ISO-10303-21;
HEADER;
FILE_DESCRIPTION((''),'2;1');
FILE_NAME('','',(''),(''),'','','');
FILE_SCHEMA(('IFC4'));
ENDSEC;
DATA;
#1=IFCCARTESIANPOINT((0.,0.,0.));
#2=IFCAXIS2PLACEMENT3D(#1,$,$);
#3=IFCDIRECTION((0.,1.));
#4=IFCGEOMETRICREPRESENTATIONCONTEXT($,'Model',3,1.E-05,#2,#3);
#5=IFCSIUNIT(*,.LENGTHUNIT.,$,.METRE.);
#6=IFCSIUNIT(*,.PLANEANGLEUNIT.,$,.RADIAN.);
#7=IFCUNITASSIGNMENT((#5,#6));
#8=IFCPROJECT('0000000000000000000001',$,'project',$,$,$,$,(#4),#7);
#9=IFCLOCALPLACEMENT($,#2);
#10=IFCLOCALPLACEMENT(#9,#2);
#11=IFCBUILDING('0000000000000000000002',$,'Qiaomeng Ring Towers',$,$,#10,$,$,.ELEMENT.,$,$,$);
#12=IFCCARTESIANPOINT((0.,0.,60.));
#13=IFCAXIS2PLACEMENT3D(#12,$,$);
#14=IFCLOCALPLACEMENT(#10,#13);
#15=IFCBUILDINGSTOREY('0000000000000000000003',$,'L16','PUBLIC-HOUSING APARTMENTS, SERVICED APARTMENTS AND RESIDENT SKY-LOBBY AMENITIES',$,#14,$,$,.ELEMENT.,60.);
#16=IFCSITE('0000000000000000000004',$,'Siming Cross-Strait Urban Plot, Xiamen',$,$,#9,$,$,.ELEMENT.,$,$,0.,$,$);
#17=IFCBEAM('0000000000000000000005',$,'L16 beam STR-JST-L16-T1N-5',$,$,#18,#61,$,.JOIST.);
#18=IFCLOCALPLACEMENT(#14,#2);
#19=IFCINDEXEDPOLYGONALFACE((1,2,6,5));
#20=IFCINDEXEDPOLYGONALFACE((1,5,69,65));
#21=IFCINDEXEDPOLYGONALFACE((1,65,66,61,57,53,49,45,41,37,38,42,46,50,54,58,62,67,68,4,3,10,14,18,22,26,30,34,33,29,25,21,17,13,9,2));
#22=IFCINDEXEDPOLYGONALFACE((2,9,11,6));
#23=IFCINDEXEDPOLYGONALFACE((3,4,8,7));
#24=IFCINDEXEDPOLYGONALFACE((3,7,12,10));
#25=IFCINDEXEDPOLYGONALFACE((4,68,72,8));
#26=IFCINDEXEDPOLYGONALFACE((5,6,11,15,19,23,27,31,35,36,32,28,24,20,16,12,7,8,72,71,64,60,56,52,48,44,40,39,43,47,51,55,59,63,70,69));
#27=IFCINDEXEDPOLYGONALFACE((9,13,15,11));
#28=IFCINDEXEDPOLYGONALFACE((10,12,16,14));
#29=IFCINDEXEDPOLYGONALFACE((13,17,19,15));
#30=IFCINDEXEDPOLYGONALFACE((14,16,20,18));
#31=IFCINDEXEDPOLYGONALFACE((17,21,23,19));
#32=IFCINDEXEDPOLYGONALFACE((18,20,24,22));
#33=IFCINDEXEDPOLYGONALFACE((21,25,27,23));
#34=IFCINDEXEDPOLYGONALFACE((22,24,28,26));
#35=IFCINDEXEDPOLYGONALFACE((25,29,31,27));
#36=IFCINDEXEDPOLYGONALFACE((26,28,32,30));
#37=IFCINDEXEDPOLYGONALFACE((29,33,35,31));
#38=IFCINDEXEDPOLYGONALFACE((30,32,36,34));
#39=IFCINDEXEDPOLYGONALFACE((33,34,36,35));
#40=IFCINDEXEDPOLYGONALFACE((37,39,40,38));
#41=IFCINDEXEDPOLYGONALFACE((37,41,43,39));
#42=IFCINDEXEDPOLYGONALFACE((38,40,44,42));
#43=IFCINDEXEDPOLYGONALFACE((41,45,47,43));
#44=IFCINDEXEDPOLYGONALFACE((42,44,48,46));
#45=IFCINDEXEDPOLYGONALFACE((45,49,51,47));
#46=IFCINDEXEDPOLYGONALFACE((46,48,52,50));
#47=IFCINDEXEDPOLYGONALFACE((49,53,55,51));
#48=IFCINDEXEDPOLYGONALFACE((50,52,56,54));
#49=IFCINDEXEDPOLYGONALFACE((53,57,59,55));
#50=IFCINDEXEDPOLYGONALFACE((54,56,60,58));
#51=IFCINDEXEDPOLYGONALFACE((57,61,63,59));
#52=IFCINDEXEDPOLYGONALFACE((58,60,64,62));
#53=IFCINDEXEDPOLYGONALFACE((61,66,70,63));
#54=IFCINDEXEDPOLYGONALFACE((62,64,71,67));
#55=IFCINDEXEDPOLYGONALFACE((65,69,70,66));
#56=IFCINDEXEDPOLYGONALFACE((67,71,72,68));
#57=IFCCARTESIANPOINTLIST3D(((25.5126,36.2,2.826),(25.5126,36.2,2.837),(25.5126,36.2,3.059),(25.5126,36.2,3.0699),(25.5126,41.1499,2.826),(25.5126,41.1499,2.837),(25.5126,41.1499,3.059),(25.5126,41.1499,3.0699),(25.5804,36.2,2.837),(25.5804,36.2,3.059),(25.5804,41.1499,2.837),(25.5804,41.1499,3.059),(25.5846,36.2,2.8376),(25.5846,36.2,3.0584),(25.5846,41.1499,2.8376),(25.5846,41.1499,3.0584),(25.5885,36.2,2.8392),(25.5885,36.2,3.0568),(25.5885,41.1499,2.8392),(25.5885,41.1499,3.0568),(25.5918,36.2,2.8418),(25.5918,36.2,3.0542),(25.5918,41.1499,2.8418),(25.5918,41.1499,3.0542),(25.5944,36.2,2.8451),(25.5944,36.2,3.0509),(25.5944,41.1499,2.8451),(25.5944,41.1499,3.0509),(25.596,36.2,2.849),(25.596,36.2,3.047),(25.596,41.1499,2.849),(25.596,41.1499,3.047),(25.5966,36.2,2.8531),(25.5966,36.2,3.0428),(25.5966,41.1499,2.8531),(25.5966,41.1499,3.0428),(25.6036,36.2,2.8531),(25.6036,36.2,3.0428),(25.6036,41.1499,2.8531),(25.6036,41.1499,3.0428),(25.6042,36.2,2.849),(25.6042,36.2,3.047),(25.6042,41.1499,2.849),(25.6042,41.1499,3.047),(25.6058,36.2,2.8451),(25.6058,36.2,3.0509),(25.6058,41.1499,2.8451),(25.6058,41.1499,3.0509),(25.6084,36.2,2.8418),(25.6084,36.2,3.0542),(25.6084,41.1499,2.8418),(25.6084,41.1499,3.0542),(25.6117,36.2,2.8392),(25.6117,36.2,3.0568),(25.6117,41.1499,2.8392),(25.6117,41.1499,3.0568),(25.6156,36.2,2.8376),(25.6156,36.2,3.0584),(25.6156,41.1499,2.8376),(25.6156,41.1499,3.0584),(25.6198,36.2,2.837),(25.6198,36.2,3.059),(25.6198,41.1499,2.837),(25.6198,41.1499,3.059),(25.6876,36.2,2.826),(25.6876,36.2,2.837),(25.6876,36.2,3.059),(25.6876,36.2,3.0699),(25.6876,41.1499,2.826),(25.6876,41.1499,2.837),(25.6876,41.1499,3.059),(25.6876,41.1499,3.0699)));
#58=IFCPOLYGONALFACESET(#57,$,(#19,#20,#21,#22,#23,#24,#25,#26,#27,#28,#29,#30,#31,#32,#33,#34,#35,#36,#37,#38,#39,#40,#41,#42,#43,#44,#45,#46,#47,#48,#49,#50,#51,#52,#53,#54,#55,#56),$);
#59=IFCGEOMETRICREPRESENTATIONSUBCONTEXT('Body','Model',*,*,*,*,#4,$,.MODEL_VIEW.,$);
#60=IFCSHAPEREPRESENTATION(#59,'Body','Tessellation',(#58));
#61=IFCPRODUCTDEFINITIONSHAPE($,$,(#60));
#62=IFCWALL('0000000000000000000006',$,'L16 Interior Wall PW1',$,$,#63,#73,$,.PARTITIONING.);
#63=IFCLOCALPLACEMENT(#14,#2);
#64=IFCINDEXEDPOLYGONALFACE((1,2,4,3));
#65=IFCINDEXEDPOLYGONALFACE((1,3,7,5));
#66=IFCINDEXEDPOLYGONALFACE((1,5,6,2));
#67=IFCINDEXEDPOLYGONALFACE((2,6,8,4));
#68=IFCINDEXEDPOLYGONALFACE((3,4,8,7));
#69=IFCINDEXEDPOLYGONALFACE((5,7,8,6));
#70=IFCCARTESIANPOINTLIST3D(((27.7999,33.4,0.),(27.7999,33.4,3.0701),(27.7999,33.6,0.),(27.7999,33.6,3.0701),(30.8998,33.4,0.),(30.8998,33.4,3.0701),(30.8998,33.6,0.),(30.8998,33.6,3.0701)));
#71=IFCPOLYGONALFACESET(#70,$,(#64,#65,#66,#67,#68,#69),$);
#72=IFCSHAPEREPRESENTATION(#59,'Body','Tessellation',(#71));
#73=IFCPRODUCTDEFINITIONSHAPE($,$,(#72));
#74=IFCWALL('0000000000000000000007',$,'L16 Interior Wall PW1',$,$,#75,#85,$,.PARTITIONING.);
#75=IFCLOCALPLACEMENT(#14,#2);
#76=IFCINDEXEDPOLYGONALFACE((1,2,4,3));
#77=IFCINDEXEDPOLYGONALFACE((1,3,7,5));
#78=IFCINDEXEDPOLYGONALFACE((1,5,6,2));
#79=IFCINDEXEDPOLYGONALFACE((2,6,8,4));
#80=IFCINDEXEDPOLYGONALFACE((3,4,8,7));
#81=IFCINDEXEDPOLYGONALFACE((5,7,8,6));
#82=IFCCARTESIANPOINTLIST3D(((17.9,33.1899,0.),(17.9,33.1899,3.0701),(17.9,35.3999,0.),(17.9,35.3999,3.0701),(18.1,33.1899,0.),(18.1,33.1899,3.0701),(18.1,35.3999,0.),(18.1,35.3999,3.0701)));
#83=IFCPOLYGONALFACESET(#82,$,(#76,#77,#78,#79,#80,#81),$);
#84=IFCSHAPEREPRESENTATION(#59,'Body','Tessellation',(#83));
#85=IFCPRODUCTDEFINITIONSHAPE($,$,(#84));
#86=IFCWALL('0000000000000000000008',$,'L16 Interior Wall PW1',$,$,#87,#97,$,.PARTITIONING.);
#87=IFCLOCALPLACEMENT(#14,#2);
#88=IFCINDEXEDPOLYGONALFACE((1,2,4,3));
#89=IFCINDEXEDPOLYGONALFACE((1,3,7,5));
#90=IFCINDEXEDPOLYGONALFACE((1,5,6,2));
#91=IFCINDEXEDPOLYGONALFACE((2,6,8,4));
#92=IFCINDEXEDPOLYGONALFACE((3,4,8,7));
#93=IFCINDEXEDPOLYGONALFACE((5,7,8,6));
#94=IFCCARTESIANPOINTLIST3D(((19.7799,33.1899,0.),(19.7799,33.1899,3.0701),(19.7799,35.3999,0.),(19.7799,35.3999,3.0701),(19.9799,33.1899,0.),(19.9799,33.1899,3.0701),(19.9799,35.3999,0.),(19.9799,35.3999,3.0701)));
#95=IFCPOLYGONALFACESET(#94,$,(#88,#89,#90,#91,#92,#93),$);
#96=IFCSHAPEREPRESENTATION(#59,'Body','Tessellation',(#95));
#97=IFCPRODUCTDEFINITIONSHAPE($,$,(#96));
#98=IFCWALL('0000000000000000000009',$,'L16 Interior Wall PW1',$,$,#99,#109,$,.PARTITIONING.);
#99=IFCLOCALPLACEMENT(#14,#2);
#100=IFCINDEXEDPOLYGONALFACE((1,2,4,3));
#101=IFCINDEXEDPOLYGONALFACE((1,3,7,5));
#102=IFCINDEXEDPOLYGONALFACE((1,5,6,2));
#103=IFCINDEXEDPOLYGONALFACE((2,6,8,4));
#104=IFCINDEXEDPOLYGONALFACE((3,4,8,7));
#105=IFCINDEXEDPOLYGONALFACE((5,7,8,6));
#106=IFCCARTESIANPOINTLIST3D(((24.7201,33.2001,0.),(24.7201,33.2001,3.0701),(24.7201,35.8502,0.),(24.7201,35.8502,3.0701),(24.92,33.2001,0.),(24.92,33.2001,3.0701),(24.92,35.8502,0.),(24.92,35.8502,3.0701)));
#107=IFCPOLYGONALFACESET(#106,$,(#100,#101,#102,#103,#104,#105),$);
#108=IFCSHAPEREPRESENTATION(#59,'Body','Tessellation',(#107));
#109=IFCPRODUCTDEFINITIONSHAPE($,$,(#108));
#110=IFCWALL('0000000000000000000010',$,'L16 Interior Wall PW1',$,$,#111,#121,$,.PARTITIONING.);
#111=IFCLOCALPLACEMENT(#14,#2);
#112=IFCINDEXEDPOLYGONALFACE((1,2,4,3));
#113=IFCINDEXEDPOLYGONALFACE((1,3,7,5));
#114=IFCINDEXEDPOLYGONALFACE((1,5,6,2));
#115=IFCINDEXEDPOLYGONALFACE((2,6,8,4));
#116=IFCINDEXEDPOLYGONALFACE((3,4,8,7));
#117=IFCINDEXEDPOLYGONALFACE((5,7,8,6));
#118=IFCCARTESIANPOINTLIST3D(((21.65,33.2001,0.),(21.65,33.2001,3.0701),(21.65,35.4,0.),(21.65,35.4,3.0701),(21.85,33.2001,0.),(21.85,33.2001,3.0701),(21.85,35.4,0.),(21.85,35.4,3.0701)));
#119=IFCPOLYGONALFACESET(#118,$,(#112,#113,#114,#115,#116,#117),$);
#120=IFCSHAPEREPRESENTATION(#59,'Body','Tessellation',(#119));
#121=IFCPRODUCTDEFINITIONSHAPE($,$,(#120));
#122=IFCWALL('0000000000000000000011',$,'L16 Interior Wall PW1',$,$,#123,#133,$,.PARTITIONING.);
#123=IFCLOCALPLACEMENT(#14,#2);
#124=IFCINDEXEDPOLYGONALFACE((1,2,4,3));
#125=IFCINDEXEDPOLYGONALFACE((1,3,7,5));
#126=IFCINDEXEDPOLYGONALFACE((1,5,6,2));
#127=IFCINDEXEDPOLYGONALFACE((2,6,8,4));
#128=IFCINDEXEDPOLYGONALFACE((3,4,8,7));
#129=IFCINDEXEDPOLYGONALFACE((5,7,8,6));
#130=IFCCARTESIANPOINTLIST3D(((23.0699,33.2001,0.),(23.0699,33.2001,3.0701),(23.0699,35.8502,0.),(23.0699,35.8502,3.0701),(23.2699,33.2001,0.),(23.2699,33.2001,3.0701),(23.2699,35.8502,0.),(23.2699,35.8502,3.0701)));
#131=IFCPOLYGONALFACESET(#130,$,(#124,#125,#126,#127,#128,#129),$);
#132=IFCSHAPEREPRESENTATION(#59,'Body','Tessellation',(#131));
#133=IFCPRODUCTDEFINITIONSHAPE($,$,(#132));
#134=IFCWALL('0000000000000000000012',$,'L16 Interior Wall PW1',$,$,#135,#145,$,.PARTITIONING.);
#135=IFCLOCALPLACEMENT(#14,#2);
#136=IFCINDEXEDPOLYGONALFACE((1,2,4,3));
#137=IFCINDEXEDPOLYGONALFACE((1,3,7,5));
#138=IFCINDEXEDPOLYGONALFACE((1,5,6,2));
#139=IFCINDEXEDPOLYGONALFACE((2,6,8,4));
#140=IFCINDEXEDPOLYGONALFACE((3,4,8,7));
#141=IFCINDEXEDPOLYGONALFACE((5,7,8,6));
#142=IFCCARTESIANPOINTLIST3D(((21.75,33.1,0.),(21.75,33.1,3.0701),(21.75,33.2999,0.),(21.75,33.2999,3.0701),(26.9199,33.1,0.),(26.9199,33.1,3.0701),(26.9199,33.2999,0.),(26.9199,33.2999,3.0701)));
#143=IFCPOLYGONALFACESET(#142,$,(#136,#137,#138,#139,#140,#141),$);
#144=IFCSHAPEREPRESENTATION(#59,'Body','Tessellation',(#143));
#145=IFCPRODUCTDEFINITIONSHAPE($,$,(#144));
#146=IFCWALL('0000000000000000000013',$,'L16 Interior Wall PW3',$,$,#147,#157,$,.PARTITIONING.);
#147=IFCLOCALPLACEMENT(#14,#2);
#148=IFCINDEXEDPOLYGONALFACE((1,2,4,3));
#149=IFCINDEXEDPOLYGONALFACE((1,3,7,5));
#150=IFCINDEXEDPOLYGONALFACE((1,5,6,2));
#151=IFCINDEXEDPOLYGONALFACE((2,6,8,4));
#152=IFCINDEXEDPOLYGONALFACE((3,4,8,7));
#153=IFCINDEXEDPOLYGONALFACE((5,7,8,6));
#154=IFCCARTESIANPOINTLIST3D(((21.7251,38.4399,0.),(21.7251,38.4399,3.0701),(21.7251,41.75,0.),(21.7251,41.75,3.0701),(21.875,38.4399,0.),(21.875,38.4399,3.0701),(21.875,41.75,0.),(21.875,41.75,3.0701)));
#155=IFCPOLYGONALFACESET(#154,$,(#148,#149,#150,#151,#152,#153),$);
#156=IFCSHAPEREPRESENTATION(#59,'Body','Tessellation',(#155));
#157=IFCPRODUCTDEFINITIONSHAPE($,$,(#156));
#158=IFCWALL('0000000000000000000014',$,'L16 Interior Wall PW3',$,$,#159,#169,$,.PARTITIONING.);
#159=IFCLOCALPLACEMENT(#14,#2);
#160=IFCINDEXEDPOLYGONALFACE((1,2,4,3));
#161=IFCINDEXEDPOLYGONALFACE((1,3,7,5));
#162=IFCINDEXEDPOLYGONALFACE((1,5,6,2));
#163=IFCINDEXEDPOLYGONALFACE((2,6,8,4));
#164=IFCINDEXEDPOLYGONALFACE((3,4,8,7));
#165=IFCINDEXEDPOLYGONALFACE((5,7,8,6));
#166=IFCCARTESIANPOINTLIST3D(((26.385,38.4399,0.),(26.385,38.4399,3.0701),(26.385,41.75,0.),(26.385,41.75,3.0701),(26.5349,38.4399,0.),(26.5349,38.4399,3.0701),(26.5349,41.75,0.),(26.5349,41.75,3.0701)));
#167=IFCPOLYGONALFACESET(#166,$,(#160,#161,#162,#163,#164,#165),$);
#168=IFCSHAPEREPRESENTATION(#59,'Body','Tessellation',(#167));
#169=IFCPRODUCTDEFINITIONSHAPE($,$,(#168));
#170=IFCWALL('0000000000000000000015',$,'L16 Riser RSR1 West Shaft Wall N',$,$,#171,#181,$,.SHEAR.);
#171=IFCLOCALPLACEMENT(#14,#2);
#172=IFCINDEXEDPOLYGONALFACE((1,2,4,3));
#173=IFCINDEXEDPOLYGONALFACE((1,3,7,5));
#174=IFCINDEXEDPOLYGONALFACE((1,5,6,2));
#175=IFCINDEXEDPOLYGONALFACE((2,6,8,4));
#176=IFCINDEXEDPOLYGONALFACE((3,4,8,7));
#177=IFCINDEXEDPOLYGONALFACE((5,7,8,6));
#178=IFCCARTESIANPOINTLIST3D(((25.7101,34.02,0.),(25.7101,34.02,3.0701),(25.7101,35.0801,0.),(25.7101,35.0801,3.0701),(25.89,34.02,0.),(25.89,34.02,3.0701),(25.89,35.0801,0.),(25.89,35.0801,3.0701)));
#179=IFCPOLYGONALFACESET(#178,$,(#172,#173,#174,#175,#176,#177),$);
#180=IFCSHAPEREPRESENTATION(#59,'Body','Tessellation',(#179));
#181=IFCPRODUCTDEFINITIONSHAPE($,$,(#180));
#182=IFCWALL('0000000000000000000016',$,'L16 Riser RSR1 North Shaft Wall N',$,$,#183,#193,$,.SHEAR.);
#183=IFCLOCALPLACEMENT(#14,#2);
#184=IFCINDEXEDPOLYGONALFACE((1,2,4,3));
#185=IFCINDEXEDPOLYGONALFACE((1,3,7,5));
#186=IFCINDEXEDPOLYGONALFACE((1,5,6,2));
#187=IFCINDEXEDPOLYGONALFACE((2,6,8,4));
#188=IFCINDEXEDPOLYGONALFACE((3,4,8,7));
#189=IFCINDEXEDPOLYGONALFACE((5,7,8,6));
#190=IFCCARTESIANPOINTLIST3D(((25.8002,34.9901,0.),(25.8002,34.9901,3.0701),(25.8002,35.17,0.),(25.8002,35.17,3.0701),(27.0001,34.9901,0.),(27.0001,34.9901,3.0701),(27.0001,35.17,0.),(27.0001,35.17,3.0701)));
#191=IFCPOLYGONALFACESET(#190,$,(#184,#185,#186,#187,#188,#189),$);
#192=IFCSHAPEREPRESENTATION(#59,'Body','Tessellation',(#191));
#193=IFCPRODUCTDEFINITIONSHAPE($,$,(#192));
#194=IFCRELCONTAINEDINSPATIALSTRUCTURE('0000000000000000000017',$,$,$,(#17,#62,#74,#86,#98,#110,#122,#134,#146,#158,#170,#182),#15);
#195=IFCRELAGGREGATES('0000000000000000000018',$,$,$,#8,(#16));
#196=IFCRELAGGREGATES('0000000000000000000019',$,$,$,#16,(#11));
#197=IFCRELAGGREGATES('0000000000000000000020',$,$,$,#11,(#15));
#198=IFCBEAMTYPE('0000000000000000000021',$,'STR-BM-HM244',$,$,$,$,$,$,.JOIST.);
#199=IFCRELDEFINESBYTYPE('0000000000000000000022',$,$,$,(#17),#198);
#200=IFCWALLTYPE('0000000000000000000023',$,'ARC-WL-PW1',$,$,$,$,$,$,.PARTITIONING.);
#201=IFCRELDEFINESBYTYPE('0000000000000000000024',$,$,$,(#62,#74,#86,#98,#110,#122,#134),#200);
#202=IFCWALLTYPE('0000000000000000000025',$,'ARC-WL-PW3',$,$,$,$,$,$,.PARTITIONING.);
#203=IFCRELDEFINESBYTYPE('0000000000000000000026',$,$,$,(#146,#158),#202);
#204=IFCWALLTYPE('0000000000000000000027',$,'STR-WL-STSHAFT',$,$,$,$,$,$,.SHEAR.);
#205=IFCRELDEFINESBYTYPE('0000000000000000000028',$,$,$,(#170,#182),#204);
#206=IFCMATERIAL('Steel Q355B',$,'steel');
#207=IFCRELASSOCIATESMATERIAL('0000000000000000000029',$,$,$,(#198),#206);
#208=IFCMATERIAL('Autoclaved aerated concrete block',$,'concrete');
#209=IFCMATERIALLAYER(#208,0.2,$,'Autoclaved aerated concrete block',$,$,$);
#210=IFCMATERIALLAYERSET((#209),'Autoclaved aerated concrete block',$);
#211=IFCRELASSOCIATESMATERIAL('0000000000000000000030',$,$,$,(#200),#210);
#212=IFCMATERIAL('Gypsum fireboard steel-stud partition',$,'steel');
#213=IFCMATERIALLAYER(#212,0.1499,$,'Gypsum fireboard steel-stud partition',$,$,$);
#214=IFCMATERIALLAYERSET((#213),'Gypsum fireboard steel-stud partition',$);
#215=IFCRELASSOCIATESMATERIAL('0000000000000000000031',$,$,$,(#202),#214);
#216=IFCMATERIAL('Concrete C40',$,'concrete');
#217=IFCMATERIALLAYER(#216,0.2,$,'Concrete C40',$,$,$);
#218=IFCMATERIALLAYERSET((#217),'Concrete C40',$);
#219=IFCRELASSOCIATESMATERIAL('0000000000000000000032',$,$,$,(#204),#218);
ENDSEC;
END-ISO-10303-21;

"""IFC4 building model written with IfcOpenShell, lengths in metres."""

from ifc_helpers import new_model, si_unit, direction, frame, frame_2d, origin, origin_2d, place, context, subcontext, project, spatial, rectangle, i_section, extrude, source, transform, mapped, material, layer, layer_set, material_profile, profile_set, type_object, element, save


model = new_model("IFC4")

# Units and contexts
model_context = context("Model", 3, precision=1e-05, world=origin(), true_north=direction((0.0, 1.0)))
body_context = subcontext(model_context, "Body", "Model", "MODEL_VIEW")
ifc_project = project(units=[si_unit("LENGTHUNIT", "METRE"), si_unit("PLANEANGLEUNIT", "RADIAN")], contexts=[model_context])

# Site, building, storey
site_placement = place(None, origin())
site = spatial("IfcSite", under=ifc_project, at=site_placement, Name="Siming Cross-Strait Urban Plot, Xiamen", CompositionType="ELEMENT", RefElevation=0.0)
building_placement = place(site_placement, origin())
building = spatial("IfcBuilding", under=site, at=building_placement, Name="Qiaomeng Ring Towers", CompositionType="ELEMENT")
storey_placement = place(building_placement, frame((0.0, 0.0, 60.0)))
storey = spatial("IfcBuildingStorey", under=building, at=storey_placement, Name="L16", Description="PUBLIC-HOUSING APARTMENTS, SERVICED APARTMENTS AND RESIDENT SKY-LOBBY AMENITIES", CompositionType="ELEMENT", Elevation=60.0)

# Beam
ifc_material_1 = material(Name="Steel Q355B", Category="steel")
ifc_material_profile_1 = material_profile(ifc_material_1, i_section(OverallWidth=0.175, OverallDepth=0.2439, WebThickness=0.0071, FlangeThickness=0.011, FilletRadius=0.0161, at=origin_2d()), Name="HM 244x175x7x11")
ifc_profile_set_1 = profile_set([ifc_material_profile_1], Name="Steel Q355B")
beam_type_1 = type_object("IfcBeamType", Name="STR-BM-HM244", PredefinedType="JOIST", material=ifc_profile_set_1)
shared_shape_1 = source(origin(), body_context, "Body", "SweptSolid", [
    extrude(i_section(OverallWidth=0.175, OverallDepth=0.2439, WebThickness=0.0071, FlangeThickness=0.011, FilletRadius=0.0161, at=origin_2d()), origin(), (0.0, 0.0, 1.0), 4.95),
])
for number, where, z_axis, x_axis, name in (
    (1, (25.6001, 36.2, 2.948), (0.0, 1.0, 0.0), (-1.0, 0.0, 0.0), "L16 beam STR-JST-L16-T1N-5"),
):
    element("IfcBeam", number, at=place(storey_placement, frame(where, z_axis=z_axis, x_axis=x_axis)), inside=storey, type_object=beam_type_1, Name=name, PredefinedType="JOIST", context=body_context, shape_type="MappedRepresentation", body=[
        mapped(shared_shape_1, transform((0.0, 0.0, 0.0), x_axis=(1.0, 0.0, 0.0), y_axis=(0.0, 1.0, 0.0), z_axis=(0.0, 0.0, 1.0), scale=1.0)),
    ])

# Walls
ifc_material_2 = material(Name="Autoclaved aerated concrete block", Category="concrete")
ifc_layer_1 = layer(ifc_material_2, 0.2, Name="Autoclaved aerated concrete block")
ifc_layer_set_1 = layer_set([ifc_layer_1], Name="Autoclaved aerated concrete block")
wall_type_1 = type_object("IfcWallType", Name="ARC-WL-PW1", PredefinedType="PARTITIONING", material=ifc_layer_set_1)
wall_1_placement = place(storey_placement, frame((27.8, 33.5, 0.0), z_axis=(0.0, 0.0, 1.0), x_axis=(1.0, 0.0, 0.0)))
element("IfcWall", 2, at=wall_1_placement, inside=storey, type_object=wall_type_1, Name="L16 Interior Wall PW1", PredefinedType="PARTITIONING", context=body_context, shape_type="SweptSolid", body=[
    extrude(rectangle(XDim=3.0999, YDim=0.2, at=frame_2d((1.5498, 0.0))), origin(), (0.0, 0.0, 1.0), 3.0701),
])
for number, where, z_axis, x_axis, name in (
    (3, (18.0, 33.1899, 0.0), (0.0, 0.0, 1.0), (0.0, 1.0, 0.0), "L16 Interior Wall PW1"),
    (4, (19.8799, 33.1899, 0.0), (0.0, 0.0, 1.0), (0.0, 1.0, 0.0), "L16 Interior Wall PW1"),
):
    element("IfcWall", number, at=place(storey_placement, frame(where, z_axis=z_axis, x_axis=x_axis)), inside=storey, type_object=wall_type_1, Name=name, PredefinedType="PARTITIONING", context=body_context, shape_type="SweptSolid", body=[
        extrude(rectangle(XDim=2.21, YDim=0.2, at=frame_2d((1.105, 0.0))), origin(), (0.0, 0.0, 1.0), 3.0701),
    ])
wall_2_placement = place(storey_placement, frame((24.8201, 33.2, 0.0), z_axis=(0.0, 0.0, 1.0), x_axis=(0.0, 1.0, 0.0)))
element("IfcWall", 5, at=wall_2_placement, inside=storey, type_object=wall_type_1, Name="L16 Interior Wall PW1", PredefinedType="PARTITIONING", context=body_context, shape_type="SweptSolid", body=[
    extrude(rectangle(XDim=2.6501, YDim=0.2, at=frame_2d((1.3252, 0.0))), origin(), (0.0, 0.0, 1.0), 3.0701),
])
wall_3_placement = place(storey_placement, frame((21.75, 33.2, 0.0), z_axis=(0.0, 0.0, 1.0), x_axis=(0.0, 1.0, 0.0)))
element("IfcWall", 6, at=wall_3_placement, inside=storey, type_object=wall_type_1, Name="L16 Interior Wall PW1", PredefinedType="PARTITIONING", context=body_context, shape_type="SweptSolid", body=[
    extrude(rectangle(XDim=2.2, YDim=0.2, at=frame_2d((1.1001, 0.0))), origin(), (0.0, 0.0, 1.0), 3.0701),
])
wall_4_placement = place(storey_placement, frame((23.1699, 33.2, 0.0), z_axis=(0.0, 0.0, 1.0), x_axis=(0.0, 1.0, 0.0)))
element("IfcWall", 7, at=wall_4_placement, inside=storey, type_object=wall_type_1, Name="L16 Interior Wall PW1", PredefinedType="PARTITIONING", context=body_context, shape_type="SweptSolid", body=[
    extrude(rectangle(XDim=2.6501, YDim=0.2, at=frame_2d((1.3252, 0.0))), origin(), (0.0, 0.0, 1.0), 3.0701),
])
wall_5_placement = place(storey_placement, frame((21.75, 33.2, 0.0), z_axis=(0.0, 0.0, 1.0), x_axis=(1.0, 0.0, 0.0)))
element("IfcWall", 8, at=wall_5_placement, inside=storey, type_object=wall_type_1, Name="L16 Interior Wall PW1", PredefinedType="PARTITIONING", context=body_context, shape_type="SweptSolid", body=[
    extrude(rectangle(XDim=5.1699, YDim=0.2, at=frame_2d((2.585, 0.0))), origin(), (0.0, 0.0, 1.0), 3.0701),
])
ifc_material_3 = material(Name="Gypsum fireboard steel-stud partition", Category="steel")
ifc_layer_2 = layer(ifc_material_3, 0.1499, Name="Gypsum fireboard steel-stud partition")
ifc_layer_set_2 = layer_set([ifc_layer_2], Name="Gypsum fireboard steel-stud partition")
wall_type_2 = type_object("IfcWallType", Name="ARC-WL-PW3", PredefinedType="PARTITIONING", material=ifc_layer_set_2)
for number, where, z_axis, x_axis, name in (
    (9, (21.8, 38.4399, 0.0), (0.0, 0.0, 1.0), (0.0, 1.0, 0.0), "L16 Interior Wall PW3"),
    (10, (26.46, 38.4399, 0.0), (0.0, 0.0, 1.0), (0.0, 1.0, 0.0), "L16 Interior Wall PW3"),
):
    element("IfcWall", number, at=place(storey_placement, frame(where, z_axis=z_axis, x_axis=x_axis)), inside=storey, type_object=wall_type_2, Name=name, PredefinedType="PARTITIONING", context=body_context, shape_type="SweptSolid", body=[
        extrude(rectangle(XDim=3.3101, YDim=0.1499, at=frame_2d((1.655, 0.0))), origin(), (0.0, 0.0, 1.0), 3.0701),
    ])
ifc_material_4 = material(Name="Concrete C40", Category="concrete")
ifc_layer_3 = layer(ifc_material_4, 0.2, Name="Concrete C40")
ifc_layer_set_3 = layer_set([ifc_layer_3], Name="Concrete C40")
wall_type_3 = type_object("IfcWallType", Name="STR-WL-STSHAFT", PredefinedType="SHEAR", material=ifc_layer_set_3)
wall_6_placement = place(storey_placement, frame((25.8, 34.02, 0.0), z_axis=(0.0, 0.0, 1.0), x_axis=(0.0, 1.0, 0.0)))
element("IfcWall", 11, at=wall_6_placement, inside=storey, type_object=wall_type_3, Name="L16 Riser RSR1 West Shaft Wall N", PredefinedType="SHEAR", context=body_context, shape_type="SweptSolid", body=[
    extrude(rectangle(XDim=1.0601, YDim=0.1799, at=frame_2d((0.53, 0.0))), origin(), (0.0, 0.0, 1.0), 3.0701),
])
for number, where, z_axis, x_axis, name in (
    (12, (25.8, 35.0801, 0.0), (0.0, 0.0, 1.0), (1.0, 0.0, 0.0), "L16 Riser RSR1 North Shaft Wall N"),
):
    element("IfcWall", number, at=place(storey_placement, frame(where, z_axis=z_axis, x_axis=x_axis)), inside=storey, type_object=wall_type_3, Name=name, PredefinedType="SHEAR", context=body_context, shape_type="SweptSolid", body=[
        extrude(rectangle(XDim=1.2, YDim=0.1799, at=frame_2d((0.6001, 0.0))), origin(), (0.0, 0.0, 1.0), 3.0701),
    ])

save(model, "model.ifc")
